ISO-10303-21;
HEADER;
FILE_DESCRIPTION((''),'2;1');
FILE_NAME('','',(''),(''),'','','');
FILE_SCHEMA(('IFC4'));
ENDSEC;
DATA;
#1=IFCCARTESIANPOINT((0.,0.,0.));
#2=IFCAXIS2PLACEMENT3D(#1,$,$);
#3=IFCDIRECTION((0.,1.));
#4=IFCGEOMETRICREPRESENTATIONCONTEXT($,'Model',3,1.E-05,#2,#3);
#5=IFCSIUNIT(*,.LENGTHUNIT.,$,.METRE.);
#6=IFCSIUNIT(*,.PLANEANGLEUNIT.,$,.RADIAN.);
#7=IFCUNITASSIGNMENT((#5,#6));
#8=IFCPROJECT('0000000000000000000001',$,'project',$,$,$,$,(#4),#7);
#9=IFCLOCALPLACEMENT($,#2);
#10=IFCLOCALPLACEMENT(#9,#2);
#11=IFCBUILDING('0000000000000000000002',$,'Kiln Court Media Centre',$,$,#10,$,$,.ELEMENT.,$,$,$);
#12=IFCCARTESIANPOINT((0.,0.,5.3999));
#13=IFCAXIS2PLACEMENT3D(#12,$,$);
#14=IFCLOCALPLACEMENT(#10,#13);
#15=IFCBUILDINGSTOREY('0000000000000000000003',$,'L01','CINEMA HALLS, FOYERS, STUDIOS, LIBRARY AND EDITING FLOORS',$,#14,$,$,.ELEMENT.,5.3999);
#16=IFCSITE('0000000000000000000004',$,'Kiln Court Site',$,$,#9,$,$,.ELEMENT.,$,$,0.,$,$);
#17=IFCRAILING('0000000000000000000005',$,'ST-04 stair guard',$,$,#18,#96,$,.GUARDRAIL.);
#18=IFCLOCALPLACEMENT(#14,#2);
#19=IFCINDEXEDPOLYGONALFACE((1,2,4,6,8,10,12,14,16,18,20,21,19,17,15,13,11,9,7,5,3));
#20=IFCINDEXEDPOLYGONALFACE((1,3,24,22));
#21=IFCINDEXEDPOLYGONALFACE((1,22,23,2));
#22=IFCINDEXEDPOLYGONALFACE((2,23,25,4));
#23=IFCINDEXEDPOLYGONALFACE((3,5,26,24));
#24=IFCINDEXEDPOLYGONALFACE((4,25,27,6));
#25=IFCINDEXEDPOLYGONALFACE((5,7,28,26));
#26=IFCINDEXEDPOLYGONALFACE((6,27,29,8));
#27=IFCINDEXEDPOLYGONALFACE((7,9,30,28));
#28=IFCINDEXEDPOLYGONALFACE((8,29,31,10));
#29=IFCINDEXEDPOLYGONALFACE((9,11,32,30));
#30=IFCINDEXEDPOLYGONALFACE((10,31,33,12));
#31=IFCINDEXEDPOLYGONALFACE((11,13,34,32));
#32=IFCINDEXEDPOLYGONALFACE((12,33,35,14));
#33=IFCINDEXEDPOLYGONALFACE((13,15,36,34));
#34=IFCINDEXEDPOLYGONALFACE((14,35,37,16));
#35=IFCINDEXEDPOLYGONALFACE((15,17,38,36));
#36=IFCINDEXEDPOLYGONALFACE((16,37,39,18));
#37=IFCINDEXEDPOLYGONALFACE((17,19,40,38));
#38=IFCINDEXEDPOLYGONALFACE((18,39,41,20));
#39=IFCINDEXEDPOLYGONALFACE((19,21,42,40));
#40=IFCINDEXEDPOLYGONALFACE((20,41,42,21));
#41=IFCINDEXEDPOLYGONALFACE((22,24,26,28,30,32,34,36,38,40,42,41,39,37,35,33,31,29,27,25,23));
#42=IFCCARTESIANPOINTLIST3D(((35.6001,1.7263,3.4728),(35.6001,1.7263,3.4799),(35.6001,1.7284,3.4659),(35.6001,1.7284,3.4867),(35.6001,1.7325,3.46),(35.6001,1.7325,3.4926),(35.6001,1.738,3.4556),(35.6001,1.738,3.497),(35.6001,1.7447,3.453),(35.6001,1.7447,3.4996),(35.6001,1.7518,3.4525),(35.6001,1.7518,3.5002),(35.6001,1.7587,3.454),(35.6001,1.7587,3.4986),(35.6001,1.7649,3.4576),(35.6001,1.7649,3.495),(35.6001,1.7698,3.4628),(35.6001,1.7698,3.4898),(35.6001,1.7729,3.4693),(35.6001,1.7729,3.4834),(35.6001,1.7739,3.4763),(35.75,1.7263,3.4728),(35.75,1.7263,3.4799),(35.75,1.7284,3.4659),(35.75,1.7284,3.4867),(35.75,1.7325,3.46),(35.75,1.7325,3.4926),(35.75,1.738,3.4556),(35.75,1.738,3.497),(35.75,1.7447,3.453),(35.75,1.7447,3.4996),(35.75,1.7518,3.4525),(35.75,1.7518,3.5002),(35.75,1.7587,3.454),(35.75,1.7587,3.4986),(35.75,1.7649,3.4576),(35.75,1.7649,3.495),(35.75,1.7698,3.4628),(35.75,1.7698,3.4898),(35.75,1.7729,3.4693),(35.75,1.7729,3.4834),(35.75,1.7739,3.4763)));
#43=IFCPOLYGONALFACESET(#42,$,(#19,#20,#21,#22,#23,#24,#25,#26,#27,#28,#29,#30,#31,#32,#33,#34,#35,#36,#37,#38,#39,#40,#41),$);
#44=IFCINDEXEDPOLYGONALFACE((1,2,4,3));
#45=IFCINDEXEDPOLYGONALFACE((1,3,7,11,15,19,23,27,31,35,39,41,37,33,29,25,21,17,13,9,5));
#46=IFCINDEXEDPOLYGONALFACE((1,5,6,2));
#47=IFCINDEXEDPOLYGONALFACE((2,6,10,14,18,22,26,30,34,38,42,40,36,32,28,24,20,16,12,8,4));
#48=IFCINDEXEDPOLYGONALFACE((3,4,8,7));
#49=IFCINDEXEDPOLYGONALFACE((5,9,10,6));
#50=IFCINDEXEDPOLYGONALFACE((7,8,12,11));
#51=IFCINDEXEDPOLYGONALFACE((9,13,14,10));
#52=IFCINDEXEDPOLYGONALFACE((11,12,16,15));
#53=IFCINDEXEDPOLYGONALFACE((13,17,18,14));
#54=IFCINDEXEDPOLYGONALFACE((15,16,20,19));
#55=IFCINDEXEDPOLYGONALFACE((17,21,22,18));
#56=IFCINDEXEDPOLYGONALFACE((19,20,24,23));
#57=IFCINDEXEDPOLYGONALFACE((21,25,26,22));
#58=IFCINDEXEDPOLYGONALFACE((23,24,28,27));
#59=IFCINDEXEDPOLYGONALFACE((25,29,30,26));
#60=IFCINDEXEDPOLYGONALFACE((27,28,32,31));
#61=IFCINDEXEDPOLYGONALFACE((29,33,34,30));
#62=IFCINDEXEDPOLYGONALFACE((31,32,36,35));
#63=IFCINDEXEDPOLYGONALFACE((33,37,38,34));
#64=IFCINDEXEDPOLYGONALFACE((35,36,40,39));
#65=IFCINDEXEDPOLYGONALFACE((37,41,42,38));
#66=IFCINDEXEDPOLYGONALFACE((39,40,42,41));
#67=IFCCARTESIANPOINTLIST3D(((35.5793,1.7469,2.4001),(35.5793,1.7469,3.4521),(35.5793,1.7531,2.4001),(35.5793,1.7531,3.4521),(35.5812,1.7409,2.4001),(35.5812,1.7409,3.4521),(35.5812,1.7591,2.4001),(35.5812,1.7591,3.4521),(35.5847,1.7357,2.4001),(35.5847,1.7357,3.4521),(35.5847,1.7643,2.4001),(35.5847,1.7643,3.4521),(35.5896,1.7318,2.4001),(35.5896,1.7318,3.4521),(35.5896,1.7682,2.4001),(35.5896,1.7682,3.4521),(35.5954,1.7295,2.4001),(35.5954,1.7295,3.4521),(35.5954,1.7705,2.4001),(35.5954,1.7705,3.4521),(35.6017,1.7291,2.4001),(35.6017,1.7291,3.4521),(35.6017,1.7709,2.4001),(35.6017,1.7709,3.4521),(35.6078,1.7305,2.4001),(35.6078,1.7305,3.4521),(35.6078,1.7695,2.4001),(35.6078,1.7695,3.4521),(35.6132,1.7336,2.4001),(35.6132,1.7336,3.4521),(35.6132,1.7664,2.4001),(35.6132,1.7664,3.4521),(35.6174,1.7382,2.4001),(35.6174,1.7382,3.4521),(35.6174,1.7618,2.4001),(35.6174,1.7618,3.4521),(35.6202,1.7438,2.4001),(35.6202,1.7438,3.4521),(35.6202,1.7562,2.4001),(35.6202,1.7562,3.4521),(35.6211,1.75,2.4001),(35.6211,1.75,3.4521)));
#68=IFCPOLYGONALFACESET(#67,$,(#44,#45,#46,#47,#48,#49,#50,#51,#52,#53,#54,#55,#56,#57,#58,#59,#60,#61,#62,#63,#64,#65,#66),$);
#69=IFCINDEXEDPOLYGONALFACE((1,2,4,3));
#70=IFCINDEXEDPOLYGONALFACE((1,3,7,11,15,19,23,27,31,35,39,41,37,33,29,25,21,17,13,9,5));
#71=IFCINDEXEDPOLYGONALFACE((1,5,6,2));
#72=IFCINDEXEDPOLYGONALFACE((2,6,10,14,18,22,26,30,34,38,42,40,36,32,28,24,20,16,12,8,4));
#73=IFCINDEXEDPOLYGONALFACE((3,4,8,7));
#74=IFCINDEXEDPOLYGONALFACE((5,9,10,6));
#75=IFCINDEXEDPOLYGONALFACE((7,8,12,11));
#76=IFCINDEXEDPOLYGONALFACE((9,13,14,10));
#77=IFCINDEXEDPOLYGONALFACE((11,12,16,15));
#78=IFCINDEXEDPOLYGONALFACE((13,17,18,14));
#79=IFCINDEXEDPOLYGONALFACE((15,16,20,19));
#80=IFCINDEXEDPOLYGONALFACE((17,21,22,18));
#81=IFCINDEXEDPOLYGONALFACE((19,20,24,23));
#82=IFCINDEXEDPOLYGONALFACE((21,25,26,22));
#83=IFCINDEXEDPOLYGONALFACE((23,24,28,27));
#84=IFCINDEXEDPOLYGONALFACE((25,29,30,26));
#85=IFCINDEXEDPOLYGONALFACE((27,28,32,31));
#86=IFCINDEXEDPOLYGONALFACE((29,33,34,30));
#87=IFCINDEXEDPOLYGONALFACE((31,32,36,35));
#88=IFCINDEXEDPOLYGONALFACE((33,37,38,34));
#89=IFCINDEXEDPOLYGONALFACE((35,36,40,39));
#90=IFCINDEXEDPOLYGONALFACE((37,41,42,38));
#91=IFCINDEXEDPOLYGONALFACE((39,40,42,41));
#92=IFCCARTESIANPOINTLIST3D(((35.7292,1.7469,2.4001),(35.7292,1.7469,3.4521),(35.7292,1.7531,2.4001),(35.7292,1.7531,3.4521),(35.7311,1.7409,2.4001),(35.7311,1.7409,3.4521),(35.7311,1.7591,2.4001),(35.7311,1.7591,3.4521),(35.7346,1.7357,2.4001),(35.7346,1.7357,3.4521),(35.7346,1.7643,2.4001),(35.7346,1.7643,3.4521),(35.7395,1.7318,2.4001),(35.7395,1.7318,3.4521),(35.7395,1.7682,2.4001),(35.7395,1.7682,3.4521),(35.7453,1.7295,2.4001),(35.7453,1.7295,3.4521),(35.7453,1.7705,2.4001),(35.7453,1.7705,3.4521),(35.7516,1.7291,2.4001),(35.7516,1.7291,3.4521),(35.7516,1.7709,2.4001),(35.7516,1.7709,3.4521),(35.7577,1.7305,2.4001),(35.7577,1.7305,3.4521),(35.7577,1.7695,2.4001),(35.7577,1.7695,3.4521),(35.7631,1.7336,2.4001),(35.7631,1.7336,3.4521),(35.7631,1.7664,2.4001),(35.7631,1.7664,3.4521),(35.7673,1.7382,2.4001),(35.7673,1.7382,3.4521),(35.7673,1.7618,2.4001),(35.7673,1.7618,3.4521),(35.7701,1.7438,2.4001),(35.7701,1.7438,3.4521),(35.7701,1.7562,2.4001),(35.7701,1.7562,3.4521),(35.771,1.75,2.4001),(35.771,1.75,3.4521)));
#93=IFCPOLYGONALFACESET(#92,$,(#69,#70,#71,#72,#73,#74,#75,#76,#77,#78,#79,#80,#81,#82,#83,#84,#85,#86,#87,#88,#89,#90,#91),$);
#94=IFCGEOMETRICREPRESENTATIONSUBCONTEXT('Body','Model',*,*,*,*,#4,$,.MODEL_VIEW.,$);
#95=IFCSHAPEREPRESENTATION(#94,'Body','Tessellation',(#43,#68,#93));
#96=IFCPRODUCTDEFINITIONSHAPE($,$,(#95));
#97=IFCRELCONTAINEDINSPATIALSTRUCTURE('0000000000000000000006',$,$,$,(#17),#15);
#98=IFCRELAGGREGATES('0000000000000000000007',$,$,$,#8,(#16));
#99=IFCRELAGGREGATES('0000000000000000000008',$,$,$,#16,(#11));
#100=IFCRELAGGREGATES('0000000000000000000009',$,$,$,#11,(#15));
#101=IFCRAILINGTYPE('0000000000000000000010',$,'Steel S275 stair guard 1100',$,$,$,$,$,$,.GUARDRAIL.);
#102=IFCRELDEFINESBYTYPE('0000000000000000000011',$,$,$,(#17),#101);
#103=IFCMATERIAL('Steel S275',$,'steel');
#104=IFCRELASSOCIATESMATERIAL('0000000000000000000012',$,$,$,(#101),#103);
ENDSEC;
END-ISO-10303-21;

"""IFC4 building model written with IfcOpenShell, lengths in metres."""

from ifc_helpers import new_model, si_unit, direction, frame, origin, origin_2d, place, context, subcontext, project, spatial, circle, extrude, material, type_object, element, save


model = new_model("IFC4")

# Units and contexts
model_context = context("Model", 3, precision=1e-05, world=origin(), true_north=direction((0.0, 1.0)))
body_context = subcontext(model_context, "Body", "Model", "MODEL_VIEW")
ifc_project = project(units=[si_unit("LENGTHUNIT", "METRE"), si_unit("PLANEANGLEUNIT", "RADIAN")], contexts=[model_context])

# Site, building, storey
site_placement = place(None, origin())
site = spatial("IfcSite", under=ifc_project, at=site_placement, Name="Kiln Court Site", CompositionType="ELEMENT", RefElevation=0.0)
building_placement = place(site_placement, origin())
building = spatial("IfcBuilding", under=site, at=building_placement, Name="Kiln Court Media Centre", CompositionType="ELEMENT")
storey_placement = place(building_placement, frame((0.0, 0.0, 5.3999)))
storey = spatial("IfcBuildingStorey", under=building, at=storey_placement, Name="L01", Description="CINEMA HALLS, FOYERS, STUDIOS, LIBRARY AND EDITING FLOORS", CompositionType="ELEMENT", Elevation=5.3999)

# Railing
ifc_material_1 = material(Name="Steel S275", Category="steel")
railing_type = type_object("IfcRailingType", Name="Steel S275 stair guard 1100", PredefinedType="GUARDRAIL", material=ifc_material_1)
railing_1_placement = place(storey_placement, frame((35.6001, 1.75, 2.4001)))
element("IfcRailing", 1, at=railing_1_placement, inside=storey, type_object=railing_type, Name="ST-04 stair guard", PredefinedType="GUARDRAIL", context=body_context, shape_type="SweptSolid", body=[
    extrude(circle(Radius=0.0239, at=origin_2d()), frame((0.0, 0.0, 1.0762), z_axis=(1.0, 0.0, 0.0), x_axis=(0.0, 1.0, 0.0)), (0.0, 0.0, 1.0), 0.1499),
    extrude(circle(Radius=0.021, at=origin_2d()), origin(), (0.0, 0.0, 1.0), 1.052),
    extrude(circle(Radius=0.021, at=origin_2d()), frame((0.1499, 0.0, 0.0)), (0.0, 0.0, 1.0), 1.052),
])

save(model, "model.ifc")
